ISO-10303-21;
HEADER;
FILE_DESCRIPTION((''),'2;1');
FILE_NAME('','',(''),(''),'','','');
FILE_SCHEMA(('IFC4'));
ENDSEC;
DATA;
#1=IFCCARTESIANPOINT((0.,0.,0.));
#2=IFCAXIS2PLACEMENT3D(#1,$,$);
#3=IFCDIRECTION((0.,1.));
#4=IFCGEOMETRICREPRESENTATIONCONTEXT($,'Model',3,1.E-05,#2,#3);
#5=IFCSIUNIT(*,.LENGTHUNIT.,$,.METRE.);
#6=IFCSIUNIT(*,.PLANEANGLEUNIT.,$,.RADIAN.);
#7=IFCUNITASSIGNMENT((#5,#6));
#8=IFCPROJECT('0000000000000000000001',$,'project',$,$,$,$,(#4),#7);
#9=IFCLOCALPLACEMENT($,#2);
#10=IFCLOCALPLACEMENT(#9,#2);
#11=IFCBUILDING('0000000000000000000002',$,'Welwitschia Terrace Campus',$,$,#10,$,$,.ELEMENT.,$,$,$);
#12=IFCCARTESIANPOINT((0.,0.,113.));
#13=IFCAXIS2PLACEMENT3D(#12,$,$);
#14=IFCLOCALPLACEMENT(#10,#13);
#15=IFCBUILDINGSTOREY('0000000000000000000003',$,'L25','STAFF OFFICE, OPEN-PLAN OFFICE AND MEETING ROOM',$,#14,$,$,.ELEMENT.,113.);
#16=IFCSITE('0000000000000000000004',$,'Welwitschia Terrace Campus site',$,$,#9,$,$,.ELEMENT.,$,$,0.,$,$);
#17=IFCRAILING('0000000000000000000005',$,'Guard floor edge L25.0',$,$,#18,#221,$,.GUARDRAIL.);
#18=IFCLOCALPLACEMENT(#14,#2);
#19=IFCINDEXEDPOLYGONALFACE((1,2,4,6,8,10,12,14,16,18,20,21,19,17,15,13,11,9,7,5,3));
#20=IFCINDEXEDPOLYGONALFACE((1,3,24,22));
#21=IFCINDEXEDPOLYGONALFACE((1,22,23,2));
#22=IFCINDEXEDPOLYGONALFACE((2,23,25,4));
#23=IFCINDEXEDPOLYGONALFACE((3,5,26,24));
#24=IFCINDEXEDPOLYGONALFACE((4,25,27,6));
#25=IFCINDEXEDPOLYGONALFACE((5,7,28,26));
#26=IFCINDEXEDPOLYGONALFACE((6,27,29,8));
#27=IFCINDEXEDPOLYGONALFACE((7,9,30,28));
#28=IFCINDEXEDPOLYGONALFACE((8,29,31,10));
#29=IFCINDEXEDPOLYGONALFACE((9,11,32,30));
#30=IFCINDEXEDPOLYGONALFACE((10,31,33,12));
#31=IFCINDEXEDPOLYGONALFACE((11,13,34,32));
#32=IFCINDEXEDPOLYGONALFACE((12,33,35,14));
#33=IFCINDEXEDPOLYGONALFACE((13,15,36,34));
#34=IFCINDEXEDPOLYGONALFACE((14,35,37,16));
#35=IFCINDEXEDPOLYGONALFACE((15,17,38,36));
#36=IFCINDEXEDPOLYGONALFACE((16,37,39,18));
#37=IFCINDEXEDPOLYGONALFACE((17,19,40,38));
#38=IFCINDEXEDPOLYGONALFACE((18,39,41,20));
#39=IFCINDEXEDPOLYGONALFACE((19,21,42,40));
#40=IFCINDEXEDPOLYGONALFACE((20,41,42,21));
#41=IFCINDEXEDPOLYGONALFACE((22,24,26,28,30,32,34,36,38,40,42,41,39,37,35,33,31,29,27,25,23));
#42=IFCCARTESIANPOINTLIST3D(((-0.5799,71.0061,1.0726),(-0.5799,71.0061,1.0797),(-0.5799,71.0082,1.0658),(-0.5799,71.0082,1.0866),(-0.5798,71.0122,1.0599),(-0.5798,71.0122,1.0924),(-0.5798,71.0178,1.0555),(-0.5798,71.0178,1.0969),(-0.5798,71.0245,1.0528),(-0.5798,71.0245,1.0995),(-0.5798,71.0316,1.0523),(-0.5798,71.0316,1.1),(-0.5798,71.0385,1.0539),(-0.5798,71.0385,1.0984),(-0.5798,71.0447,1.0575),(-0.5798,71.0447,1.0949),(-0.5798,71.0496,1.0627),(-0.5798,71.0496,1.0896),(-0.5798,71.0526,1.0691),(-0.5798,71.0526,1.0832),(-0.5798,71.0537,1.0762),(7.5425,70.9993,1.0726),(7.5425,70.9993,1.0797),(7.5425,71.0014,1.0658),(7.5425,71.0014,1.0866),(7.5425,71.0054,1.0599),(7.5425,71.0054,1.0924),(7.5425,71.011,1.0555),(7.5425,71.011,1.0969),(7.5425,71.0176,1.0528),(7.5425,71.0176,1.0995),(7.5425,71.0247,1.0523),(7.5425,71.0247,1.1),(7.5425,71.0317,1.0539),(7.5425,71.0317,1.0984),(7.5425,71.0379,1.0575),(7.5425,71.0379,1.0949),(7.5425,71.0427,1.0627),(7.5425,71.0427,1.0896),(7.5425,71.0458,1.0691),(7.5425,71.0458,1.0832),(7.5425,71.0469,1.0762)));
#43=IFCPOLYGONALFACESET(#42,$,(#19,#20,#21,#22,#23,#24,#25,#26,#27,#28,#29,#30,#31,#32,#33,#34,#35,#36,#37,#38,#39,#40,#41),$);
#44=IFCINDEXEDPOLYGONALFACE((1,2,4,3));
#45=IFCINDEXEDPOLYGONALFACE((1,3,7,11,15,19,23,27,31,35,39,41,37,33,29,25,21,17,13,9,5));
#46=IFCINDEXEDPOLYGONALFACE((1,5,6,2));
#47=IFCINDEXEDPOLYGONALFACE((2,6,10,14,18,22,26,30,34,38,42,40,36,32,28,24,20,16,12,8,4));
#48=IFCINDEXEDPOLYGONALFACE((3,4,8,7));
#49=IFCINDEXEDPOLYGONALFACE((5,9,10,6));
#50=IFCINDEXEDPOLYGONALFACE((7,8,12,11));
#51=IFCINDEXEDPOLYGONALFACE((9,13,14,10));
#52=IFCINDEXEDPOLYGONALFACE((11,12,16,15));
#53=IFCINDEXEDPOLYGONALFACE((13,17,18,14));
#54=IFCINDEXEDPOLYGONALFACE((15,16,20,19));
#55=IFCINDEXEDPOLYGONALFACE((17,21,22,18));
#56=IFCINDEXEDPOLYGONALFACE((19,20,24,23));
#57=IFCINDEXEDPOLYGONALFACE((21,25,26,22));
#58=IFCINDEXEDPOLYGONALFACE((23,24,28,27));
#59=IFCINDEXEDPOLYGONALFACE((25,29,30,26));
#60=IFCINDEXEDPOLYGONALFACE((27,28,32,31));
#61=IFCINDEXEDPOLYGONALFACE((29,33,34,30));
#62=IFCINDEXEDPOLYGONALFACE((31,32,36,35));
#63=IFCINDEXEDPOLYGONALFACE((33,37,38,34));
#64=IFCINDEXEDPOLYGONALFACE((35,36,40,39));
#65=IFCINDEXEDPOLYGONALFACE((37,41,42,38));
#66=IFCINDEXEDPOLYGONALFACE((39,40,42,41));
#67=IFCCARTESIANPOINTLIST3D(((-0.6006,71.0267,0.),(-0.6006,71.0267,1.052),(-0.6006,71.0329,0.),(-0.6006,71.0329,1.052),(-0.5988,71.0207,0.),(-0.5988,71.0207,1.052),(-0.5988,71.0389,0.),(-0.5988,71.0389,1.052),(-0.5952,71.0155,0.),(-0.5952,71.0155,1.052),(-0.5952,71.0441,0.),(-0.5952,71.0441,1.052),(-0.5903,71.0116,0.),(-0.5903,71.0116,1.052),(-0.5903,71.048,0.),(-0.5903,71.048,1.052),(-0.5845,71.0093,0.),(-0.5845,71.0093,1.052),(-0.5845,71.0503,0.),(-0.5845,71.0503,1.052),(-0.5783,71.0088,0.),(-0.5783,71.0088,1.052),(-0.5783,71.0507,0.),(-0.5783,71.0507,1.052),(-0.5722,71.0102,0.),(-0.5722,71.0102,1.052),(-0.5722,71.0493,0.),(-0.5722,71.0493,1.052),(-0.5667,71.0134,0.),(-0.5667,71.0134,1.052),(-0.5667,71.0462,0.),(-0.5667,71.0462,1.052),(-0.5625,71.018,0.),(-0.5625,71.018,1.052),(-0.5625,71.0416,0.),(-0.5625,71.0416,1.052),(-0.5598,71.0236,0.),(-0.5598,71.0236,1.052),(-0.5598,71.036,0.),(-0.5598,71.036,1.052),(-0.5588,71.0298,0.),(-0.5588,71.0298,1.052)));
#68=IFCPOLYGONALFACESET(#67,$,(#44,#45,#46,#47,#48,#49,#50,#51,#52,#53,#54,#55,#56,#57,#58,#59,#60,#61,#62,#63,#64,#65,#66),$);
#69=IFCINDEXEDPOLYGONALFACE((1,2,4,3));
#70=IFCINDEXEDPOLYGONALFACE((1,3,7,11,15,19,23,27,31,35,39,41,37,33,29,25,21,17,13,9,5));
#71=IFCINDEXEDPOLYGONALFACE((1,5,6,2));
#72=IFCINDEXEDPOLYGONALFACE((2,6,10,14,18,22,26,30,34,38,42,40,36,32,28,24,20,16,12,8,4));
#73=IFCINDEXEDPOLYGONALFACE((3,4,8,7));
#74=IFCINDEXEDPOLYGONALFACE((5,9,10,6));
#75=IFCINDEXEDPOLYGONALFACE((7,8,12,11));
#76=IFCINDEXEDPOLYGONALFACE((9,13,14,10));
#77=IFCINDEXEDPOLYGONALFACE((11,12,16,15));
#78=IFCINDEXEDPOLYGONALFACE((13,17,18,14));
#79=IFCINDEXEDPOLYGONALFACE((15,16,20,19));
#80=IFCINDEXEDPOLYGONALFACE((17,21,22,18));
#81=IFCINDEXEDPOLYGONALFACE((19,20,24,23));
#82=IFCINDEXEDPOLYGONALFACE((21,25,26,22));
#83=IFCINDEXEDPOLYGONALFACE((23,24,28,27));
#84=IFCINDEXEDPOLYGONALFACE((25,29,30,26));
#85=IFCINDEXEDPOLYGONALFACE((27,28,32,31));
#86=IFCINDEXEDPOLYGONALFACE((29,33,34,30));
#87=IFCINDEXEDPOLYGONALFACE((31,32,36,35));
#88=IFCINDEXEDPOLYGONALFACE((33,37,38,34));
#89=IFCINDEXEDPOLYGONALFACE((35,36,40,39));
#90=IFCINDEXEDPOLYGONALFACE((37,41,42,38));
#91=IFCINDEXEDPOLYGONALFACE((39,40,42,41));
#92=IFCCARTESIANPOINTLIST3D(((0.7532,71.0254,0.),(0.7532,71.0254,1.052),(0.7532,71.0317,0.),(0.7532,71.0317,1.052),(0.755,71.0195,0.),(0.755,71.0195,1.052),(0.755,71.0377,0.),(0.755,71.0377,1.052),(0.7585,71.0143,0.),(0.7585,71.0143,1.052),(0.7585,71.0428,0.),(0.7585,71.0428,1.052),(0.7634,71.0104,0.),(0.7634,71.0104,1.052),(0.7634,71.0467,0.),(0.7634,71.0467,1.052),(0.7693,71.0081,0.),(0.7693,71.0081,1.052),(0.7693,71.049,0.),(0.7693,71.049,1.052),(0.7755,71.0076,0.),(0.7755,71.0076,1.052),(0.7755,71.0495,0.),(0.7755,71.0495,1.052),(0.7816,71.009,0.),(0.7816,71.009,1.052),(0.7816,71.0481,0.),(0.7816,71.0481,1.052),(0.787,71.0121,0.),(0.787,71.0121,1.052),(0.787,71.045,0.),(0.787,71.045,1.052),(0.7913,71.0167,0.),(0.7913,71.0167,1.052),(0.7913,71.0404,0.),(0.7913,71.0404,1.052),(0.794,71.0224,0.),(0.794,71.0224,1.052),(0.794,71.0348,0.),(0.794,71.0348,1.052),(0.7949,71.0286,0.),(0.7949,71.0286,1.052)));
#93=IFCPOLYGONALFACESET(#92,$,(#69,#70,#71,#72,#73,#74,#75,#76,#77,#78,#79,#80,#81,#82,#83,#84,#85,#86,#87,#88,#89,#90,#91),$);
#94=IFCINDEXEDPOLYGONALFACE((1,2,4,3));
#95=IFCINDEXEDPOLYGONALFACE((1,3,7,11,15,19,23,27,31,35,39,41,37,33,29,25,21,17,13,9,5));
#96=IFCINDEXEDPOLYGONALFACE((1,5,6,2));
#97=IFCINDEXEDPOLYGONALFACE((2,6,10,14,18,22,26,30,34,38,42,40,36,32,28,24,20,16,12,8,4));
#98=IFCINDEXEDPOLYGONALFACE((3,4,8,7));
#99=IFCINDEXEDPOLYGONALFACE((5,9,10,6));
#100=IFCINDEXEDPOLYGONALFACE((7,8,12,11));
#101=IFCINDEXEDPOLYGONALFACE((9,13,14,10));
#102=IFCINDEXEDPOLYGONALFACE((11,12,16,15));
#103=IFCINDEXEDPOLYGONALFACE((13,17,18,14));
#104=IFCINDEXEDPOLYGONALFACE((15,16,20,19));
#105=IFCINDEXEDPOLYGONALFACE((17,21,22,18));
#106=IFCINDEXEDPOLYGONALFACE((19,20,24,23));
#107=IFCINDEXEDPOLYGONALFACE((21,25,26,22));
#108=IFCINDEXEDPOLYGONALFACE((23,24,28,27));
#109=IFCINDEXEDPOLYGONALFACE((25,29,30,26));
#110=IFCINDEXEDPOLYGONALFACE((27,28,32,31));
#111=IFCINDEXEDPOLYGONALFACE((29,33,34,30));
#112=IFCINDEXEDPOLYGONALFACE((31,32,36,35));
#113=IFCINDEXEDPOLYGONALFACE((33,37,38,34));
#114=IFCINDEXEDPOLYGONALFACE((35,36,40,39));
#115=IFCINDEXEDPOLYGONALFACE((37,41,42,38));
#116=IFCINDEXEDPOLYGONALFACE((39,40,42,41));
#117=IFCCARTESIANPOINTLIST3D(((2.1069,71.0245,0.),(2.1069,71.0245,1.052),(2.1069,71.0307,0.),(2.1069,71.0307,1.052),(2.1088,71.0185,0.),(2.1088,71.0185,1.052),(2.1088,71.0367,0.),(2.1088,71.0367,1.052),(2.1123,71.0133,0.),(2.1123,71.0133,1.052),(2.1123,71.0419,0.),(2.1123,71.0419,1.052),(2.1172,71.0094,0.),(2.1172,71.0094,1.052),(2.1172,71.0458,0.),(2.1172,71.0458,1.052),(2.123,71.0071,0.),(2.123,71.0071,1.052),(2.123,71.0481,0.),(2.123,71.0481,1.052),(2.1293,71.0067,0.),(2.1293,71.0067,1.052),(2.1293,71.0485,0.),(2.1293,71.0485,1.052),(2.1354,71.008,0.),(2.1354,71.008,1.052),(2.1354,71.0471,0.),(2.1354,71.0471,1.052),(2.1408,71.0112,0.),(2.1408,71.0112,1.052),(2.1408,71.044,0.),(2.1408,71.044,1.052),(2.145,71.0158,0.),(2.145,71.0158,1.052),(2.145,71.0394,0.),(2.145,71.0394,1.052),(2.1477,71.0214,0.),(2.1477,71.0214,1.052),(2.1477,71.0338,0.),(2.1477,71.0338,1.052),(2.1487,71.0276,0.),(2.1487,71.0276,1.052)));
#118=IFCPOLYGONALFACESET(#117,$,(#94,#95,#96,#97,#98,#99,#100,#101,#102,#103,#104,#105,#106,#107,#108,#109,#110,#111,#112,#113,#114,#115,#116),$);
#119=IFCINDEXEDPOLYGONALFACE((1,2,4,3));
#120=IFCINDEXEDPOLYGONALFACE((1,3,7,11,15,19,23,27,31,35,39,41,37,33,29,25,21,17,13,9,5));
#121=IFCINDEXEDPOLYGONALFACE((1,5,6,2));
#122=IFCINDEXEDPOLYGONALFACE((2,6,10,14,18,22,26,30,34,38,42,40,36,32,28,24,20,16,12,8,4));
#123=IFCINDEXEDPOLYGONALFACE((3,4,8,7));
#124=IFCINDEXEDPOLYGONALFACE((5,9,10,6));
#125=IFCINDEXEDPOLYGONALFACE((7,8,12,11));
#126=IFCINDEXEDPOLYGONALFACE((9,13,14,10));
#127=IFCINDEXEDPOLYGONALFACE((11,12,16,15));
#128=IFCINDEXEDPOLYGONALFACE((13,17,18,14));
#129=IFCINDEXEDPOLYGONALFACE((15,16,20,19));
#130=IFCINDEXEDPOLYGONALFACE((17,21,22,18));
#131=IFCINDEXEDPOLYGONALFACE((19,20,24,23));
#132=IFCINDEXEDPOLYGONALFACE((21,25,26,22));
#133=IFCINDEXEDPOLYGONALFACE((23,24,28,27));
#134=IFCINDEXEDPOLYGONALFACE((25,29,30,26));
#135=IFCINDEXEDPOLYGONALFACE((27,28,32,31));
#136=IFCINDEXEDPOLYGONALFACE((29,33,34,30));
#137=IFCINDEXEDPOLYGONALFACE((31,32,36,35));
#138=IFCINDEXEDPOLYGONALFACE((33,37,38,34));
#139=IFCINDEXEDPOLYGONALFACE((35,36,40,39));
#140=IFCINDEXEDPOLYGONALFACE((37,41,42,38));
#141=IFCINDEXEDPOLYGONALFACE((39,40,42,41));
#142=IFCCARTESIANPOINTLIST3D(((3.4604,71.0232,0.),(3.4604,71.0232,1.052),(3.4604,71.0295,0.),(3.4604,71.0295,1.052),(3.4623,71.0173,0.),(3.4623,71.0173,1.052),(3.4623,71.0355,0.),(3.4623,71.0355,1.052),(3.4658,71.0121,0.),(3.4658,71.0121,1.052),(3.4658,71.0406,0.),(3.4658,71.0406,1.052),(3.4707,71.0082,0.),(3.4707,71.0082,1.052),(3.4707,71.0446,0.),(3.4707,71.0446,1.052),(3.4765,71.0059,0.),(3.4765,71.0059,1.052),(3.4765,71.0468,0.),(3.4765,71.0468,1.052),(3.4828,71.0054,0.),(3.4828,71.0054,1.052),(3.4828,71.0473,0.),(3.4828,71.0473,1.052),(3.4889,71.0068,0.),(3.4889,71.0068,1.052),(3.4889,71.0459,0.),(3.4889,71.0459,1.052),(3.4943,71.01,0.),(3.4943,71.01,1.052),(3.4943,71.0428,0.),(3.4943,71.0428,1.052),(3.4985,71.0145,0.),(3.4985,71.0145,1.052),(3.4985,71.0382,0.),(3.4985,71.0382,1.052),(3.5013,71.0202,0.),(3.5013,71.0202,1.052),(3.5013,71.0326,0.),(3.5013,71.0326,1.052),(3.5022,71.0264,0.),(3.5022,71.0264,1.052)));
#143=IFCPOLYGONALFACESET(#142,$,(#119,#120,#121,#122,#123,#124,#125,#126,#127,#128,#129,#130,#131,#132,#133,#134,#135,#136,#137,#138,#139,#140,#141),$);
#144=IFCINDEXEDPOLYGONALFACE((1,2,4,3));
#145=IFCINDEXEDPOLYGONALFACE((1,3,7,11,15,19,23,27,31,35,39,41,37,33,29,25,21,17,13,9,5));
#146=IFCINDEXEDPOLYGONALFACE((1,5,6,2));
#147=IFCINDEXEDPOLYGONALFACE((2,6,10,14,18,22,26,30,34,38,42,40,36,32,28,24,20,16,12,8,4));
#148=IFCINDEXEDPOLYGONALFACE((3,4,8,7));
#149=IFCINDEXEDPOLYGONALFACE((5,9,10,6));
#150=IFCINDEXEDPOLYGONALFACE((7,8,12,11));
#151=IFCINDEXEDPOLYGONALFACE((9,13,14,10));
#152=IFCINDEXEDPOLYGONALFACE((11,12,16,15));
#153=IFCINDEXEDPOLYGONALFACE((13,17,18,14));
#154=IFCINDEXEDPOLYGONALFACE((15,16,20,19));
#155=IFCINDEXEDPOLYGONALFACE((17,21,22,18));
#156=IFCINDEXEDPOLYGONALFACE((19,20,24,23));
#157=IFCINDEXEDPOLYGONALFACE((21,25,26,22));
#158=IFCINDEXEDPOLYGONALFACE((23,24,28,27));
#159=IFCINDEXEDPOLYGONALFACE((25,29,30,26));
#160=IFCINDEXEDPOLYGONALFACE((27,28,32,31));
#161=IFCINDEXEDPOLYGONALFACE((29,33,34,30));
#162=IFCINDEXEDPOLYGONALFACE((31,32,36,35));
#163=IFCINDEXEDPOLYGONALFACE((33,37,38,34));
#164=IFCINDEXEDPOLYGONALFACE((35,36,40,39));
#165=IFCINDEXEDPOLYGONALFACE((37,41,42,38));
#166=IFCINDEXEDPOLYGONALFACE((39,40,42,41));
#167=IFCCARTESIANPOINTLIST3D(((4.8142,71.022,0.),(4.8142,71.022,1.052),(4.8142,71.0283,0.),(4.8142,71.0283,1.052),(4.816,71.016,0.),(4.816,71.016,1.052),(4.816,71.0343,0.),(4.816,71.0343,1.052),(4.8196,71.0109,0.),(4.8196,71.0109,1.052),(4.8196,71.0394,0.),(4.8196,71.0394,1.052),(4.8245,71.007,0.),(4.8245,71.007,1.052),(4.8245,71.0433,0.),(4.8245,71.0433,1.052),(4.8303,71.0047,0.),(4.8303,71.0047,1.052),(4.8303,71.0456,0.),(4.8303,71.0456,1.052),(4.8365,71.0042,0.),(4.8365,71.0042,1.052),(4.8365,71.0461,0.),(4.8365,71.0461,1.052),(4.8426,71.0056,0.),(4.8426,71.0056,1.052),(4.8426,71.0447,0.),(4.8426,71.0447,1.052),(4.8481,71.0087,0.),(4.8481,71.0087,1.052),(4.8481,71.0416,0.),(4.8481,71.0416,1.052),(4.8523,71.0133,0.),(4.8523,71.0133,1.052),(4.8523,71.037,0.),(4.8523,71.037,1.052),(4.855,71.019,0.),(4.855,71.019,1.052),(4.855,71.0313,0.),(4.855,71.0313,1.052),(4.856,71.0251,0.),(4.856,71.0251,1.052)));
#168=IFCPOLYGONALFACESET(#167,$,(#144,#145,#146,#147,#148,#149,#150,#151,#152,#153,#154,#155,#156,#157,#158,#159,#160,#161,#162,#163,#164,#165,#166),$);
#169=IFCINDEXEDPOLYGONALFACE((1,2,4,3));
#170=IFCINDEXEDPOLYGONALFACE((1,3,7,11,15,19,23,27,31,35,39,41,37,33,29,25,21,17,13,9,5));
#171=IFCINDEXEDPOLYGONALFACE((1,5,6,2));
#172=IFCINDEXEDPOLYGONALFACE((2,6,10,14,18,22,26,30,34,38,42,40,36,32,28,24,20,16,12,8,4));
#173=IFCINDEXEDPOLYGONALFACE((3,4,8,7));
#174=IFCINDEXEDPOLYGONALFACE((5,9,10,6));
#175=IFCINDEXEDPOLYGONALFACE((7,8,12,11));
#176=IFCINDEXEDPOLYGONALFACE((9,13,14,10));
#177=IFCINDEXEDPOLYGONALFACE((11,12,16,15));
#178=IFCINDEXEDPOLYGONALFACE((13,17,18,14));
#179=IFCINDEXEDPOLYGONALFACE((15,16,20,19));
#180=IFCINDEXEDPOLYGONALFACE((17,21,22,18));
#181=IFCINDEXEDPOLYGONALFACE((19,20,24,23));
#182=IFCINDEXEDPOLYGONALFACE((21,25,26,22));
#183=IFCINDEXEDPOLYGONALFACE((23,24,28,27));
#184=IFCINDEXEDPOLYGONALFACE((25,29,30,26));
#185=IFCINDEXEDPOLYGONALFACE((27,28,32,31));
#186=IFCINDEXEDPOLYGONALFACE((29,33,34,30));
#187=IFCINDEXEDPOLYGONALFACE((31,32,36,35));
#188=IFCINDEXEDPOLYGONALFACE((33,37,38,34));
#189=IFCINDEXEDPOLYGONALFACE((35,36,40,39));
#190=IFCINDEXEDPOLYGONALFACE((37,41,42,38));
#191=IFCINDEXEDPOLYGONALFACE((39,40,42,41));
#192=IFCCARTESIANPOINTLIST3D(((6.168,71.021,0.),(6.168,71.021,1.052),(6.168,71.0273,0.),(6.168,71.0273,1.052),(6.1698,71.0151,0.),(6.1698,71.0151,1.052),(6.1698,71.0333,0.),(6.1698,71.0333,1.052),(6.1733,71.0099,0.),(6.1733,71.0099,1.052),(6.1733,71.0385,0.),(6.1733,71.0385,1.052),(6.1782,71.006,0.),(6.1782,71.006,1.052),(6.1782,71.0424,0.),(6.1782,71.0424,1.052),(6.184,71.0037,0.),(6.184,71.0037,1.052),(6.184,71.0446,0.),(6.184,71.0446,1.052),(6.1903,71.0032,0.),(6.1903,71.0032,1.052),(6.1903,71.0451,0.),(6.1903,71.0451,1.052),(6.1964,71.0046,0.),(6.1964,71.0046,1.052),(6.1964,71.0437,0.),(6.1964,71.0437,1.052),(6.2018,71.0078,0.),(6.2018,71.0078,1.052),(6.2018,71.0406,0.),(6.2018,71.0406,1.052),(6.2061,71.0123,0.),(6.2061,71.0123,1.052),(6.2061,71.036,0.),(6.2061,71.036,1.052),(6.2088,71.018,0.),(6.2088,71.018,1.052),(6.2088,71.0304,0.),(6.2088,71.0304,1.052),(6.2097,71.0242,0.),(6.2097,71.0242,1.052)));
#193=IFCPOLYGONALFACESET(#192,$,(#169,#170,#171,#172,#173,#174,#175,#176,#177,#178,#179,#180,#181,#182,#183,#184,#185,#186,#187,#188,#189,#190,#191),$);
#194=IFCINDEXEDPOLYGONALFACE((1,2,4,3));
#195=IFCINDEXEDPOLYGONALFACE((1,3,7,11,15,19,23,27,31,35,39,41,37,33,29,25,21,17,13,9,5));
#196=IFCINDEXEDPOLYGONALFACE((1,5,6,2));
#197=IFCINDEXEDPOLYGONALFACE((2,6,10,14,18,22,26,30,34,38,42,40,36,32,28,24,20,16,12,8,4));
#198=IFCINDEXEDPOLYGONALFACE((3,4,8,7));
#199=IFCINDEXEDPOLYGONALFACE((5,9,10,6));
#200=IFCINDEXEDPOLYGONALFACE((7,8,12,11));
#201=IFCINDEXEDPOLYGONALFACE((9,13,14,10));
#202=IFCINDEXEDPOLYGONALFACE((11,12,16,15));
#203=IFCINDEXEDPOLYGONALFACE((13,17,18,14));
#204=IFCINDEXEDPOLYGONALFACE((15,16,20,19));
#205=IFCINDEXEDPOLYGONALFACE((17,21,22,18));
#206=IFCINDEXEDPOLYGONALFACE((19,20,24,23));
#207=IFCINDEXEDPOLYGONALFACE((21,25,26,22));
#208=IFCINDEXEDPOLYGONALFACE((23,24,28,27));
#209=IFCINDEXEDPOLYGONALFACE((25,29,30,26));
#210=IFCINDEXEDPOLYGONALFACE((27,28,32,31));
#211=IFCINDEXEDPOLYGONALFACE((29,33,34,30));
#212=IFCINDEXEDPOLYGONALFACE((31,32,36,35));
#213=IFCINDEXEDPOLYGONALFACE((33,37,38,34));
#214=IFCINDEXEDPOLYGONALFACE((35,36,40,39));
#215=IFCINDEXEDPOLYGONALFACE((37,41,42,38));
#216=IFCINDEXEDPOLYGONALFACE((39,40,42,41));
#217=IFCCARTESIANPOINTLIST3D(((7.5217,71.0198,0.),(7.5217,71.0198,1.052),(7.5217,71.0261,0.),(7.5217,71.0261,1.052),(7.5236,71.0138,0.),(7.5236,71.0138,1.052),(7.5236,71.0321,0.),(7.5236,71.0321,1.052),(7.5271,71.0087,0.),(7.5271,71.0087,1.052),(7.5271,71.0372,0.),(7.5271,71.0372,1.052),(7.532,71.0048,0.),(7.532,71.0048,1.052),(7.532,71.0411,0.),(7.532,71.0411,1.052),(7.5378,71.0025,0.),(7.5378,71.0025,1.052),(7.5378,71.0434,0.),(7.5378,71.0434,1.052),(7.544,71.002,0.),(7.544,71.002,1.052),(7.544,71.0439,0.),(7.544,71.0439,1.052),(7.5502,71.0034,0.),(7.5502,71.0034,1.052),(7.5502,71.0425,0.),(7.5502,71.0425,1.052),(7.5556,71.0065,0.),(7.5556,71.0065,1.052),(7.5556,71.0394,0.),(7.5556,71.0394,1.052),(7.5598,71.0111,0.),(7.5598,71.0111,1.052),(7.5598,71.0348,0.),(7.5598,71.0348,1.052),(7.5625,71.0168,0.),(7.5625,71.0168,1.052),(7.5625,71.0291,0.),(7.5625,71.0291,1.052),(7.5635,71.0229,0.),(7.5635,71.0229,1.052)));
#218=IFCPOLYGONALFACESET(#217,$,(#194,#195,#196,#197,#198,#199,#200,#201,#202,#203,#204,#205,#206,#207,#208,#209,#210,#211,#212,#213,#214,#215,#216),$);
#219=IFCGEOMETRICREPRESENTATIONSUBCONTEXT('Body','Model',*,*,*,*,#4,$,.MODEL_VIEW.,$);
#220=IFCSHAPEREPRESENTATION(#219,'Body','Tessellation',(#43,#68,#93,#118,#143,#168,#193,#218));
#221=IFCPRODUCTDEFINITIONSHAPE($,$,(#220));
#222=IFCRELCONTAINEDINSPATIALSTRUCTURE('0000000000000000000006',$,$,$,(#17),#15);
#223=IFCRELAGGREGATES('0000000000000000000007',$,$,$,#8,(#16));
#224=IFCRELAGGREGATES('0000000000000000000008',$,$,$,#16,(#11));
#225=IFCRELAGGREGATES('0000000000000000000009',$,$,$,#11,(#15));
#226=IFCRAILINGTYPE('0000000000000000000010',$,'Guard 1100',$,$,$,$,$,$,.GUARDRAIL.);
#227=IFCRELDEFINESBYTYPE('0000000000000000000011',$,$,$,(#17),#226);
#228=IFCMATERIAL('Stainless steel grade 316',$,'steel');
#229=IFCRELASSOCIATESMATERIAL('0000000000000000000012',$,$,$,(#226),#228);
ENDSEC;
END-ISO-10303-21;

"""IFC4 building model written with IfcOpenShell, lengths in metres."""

from ifc_helpers import new_model, si_unit, direction, frame, origin, origin_2d, place, context, subcontext, project, spatial, circle, extrude, material, type_object, element, save


model = new_model("IFC4")

# Units and contexts
model_context = context("Model", 3, precision=1e-05, world=origin(), true_north=direction((0.0, 1.0)))
body_context = subcontext(model_context, "Body", "Model", "MODEL_VIEW")
ifc_project = project(units=[si_unit("LENGTHUNIT", "METRE"), si_unit("PLANEANGLEUNIT", "RADIAN")], contexts=[model_context])

# Site, building, storey
site_placement = place(None, origin())
site = spatial("IfcSite", under=ifc_project, at=site_placement, Name="Welwitschia Terrace Campus site", CompositionType="ELEMENT", RefElevation=0.0)
building_placement = place(site_placement, origin())
building = spatial("IfcBuilding", under=site, at=building_placement, Name="Welwitschia Terrace Campus", CompositionType="ELEMENT")
storey_placement = place(building_placement, frame((0.0, 0.0, 113.0)))
storey = spatial("IfcBuildingStorey", under=building, at=storey_placement, Name="L25", Description="STAFF OFFICE, OPEN-PLAN OFFICE AND MEETING ROOM", CompositionType="ELEMENT", Elevation=113.0)

# Railing
ifc_material_1 = material(Name="Stainless steel grade 316", Category="steel")
railing_type = type_object("IfcRailingType", Name="Guard 1100", PredefinedType="GUARDRAIL", material=ifc_material_1)
railing_1_placement = place(storey_placement, frame((-0.5798, 71.0298, 0.0)))
element("IfcRailing", 1, at=railing_1_placement, inside=storey, type_object=railing_type, Name="Guard floor edge L25.0", PredefinedType="GUARDRAIL", context=body_context, shape_type="SweptSolid", body=[
    extrude(circle(Radius=0.0239, at=origin_2d()), frame((0.0, 0.0, 1.0762), z_axis=(1.0, -0.000842, 0.0), x_axis=(0.000842, 1.0, 0.0)), (0.0, 0.0, 1.0), 8.1223),
    extrude(circle(Radius=0.021, at=origin_2d()), origin(), (0.0, 0.0, 1.0), 1.052),
    extrude(circle(Radius=0.021, at=origin_2d()), frame((1.3538, -0.0012, 0.0)), (0.0, 0.0, 1.0), 1.052),
    extrude(circle(Radius=0.021, at=origin_2d()), frame((2.7075, -0.0022, 0.0)), (0.0, 0.0, 1.0), 1.052),
    extrude(circle(Radius=0.021, at=origin_2d()), frame((4.061, -0.0034, 0.0)), (0.0, 0.0, 1.0), 1.052),
    extrude(circle(Radius=0.021, at=origin_2d()), frame((5.4148, -0.0046, 0.0)), (0.0, 0.0, 1.0), 1.052),
    extrude(circle(Radius=0.021, at=origin_2d()), frame((6.7686, -0.0056, 0.0)), (0.0, 0.0, 1.0), 1.052),
    extrude(circle(Radius=0.021, at=origin_2d()), frame((8.1223, -0.0068, 0.0)), (0.0, 0.0, 1.0), 1.052),
])

save(model, "model.ifc")
